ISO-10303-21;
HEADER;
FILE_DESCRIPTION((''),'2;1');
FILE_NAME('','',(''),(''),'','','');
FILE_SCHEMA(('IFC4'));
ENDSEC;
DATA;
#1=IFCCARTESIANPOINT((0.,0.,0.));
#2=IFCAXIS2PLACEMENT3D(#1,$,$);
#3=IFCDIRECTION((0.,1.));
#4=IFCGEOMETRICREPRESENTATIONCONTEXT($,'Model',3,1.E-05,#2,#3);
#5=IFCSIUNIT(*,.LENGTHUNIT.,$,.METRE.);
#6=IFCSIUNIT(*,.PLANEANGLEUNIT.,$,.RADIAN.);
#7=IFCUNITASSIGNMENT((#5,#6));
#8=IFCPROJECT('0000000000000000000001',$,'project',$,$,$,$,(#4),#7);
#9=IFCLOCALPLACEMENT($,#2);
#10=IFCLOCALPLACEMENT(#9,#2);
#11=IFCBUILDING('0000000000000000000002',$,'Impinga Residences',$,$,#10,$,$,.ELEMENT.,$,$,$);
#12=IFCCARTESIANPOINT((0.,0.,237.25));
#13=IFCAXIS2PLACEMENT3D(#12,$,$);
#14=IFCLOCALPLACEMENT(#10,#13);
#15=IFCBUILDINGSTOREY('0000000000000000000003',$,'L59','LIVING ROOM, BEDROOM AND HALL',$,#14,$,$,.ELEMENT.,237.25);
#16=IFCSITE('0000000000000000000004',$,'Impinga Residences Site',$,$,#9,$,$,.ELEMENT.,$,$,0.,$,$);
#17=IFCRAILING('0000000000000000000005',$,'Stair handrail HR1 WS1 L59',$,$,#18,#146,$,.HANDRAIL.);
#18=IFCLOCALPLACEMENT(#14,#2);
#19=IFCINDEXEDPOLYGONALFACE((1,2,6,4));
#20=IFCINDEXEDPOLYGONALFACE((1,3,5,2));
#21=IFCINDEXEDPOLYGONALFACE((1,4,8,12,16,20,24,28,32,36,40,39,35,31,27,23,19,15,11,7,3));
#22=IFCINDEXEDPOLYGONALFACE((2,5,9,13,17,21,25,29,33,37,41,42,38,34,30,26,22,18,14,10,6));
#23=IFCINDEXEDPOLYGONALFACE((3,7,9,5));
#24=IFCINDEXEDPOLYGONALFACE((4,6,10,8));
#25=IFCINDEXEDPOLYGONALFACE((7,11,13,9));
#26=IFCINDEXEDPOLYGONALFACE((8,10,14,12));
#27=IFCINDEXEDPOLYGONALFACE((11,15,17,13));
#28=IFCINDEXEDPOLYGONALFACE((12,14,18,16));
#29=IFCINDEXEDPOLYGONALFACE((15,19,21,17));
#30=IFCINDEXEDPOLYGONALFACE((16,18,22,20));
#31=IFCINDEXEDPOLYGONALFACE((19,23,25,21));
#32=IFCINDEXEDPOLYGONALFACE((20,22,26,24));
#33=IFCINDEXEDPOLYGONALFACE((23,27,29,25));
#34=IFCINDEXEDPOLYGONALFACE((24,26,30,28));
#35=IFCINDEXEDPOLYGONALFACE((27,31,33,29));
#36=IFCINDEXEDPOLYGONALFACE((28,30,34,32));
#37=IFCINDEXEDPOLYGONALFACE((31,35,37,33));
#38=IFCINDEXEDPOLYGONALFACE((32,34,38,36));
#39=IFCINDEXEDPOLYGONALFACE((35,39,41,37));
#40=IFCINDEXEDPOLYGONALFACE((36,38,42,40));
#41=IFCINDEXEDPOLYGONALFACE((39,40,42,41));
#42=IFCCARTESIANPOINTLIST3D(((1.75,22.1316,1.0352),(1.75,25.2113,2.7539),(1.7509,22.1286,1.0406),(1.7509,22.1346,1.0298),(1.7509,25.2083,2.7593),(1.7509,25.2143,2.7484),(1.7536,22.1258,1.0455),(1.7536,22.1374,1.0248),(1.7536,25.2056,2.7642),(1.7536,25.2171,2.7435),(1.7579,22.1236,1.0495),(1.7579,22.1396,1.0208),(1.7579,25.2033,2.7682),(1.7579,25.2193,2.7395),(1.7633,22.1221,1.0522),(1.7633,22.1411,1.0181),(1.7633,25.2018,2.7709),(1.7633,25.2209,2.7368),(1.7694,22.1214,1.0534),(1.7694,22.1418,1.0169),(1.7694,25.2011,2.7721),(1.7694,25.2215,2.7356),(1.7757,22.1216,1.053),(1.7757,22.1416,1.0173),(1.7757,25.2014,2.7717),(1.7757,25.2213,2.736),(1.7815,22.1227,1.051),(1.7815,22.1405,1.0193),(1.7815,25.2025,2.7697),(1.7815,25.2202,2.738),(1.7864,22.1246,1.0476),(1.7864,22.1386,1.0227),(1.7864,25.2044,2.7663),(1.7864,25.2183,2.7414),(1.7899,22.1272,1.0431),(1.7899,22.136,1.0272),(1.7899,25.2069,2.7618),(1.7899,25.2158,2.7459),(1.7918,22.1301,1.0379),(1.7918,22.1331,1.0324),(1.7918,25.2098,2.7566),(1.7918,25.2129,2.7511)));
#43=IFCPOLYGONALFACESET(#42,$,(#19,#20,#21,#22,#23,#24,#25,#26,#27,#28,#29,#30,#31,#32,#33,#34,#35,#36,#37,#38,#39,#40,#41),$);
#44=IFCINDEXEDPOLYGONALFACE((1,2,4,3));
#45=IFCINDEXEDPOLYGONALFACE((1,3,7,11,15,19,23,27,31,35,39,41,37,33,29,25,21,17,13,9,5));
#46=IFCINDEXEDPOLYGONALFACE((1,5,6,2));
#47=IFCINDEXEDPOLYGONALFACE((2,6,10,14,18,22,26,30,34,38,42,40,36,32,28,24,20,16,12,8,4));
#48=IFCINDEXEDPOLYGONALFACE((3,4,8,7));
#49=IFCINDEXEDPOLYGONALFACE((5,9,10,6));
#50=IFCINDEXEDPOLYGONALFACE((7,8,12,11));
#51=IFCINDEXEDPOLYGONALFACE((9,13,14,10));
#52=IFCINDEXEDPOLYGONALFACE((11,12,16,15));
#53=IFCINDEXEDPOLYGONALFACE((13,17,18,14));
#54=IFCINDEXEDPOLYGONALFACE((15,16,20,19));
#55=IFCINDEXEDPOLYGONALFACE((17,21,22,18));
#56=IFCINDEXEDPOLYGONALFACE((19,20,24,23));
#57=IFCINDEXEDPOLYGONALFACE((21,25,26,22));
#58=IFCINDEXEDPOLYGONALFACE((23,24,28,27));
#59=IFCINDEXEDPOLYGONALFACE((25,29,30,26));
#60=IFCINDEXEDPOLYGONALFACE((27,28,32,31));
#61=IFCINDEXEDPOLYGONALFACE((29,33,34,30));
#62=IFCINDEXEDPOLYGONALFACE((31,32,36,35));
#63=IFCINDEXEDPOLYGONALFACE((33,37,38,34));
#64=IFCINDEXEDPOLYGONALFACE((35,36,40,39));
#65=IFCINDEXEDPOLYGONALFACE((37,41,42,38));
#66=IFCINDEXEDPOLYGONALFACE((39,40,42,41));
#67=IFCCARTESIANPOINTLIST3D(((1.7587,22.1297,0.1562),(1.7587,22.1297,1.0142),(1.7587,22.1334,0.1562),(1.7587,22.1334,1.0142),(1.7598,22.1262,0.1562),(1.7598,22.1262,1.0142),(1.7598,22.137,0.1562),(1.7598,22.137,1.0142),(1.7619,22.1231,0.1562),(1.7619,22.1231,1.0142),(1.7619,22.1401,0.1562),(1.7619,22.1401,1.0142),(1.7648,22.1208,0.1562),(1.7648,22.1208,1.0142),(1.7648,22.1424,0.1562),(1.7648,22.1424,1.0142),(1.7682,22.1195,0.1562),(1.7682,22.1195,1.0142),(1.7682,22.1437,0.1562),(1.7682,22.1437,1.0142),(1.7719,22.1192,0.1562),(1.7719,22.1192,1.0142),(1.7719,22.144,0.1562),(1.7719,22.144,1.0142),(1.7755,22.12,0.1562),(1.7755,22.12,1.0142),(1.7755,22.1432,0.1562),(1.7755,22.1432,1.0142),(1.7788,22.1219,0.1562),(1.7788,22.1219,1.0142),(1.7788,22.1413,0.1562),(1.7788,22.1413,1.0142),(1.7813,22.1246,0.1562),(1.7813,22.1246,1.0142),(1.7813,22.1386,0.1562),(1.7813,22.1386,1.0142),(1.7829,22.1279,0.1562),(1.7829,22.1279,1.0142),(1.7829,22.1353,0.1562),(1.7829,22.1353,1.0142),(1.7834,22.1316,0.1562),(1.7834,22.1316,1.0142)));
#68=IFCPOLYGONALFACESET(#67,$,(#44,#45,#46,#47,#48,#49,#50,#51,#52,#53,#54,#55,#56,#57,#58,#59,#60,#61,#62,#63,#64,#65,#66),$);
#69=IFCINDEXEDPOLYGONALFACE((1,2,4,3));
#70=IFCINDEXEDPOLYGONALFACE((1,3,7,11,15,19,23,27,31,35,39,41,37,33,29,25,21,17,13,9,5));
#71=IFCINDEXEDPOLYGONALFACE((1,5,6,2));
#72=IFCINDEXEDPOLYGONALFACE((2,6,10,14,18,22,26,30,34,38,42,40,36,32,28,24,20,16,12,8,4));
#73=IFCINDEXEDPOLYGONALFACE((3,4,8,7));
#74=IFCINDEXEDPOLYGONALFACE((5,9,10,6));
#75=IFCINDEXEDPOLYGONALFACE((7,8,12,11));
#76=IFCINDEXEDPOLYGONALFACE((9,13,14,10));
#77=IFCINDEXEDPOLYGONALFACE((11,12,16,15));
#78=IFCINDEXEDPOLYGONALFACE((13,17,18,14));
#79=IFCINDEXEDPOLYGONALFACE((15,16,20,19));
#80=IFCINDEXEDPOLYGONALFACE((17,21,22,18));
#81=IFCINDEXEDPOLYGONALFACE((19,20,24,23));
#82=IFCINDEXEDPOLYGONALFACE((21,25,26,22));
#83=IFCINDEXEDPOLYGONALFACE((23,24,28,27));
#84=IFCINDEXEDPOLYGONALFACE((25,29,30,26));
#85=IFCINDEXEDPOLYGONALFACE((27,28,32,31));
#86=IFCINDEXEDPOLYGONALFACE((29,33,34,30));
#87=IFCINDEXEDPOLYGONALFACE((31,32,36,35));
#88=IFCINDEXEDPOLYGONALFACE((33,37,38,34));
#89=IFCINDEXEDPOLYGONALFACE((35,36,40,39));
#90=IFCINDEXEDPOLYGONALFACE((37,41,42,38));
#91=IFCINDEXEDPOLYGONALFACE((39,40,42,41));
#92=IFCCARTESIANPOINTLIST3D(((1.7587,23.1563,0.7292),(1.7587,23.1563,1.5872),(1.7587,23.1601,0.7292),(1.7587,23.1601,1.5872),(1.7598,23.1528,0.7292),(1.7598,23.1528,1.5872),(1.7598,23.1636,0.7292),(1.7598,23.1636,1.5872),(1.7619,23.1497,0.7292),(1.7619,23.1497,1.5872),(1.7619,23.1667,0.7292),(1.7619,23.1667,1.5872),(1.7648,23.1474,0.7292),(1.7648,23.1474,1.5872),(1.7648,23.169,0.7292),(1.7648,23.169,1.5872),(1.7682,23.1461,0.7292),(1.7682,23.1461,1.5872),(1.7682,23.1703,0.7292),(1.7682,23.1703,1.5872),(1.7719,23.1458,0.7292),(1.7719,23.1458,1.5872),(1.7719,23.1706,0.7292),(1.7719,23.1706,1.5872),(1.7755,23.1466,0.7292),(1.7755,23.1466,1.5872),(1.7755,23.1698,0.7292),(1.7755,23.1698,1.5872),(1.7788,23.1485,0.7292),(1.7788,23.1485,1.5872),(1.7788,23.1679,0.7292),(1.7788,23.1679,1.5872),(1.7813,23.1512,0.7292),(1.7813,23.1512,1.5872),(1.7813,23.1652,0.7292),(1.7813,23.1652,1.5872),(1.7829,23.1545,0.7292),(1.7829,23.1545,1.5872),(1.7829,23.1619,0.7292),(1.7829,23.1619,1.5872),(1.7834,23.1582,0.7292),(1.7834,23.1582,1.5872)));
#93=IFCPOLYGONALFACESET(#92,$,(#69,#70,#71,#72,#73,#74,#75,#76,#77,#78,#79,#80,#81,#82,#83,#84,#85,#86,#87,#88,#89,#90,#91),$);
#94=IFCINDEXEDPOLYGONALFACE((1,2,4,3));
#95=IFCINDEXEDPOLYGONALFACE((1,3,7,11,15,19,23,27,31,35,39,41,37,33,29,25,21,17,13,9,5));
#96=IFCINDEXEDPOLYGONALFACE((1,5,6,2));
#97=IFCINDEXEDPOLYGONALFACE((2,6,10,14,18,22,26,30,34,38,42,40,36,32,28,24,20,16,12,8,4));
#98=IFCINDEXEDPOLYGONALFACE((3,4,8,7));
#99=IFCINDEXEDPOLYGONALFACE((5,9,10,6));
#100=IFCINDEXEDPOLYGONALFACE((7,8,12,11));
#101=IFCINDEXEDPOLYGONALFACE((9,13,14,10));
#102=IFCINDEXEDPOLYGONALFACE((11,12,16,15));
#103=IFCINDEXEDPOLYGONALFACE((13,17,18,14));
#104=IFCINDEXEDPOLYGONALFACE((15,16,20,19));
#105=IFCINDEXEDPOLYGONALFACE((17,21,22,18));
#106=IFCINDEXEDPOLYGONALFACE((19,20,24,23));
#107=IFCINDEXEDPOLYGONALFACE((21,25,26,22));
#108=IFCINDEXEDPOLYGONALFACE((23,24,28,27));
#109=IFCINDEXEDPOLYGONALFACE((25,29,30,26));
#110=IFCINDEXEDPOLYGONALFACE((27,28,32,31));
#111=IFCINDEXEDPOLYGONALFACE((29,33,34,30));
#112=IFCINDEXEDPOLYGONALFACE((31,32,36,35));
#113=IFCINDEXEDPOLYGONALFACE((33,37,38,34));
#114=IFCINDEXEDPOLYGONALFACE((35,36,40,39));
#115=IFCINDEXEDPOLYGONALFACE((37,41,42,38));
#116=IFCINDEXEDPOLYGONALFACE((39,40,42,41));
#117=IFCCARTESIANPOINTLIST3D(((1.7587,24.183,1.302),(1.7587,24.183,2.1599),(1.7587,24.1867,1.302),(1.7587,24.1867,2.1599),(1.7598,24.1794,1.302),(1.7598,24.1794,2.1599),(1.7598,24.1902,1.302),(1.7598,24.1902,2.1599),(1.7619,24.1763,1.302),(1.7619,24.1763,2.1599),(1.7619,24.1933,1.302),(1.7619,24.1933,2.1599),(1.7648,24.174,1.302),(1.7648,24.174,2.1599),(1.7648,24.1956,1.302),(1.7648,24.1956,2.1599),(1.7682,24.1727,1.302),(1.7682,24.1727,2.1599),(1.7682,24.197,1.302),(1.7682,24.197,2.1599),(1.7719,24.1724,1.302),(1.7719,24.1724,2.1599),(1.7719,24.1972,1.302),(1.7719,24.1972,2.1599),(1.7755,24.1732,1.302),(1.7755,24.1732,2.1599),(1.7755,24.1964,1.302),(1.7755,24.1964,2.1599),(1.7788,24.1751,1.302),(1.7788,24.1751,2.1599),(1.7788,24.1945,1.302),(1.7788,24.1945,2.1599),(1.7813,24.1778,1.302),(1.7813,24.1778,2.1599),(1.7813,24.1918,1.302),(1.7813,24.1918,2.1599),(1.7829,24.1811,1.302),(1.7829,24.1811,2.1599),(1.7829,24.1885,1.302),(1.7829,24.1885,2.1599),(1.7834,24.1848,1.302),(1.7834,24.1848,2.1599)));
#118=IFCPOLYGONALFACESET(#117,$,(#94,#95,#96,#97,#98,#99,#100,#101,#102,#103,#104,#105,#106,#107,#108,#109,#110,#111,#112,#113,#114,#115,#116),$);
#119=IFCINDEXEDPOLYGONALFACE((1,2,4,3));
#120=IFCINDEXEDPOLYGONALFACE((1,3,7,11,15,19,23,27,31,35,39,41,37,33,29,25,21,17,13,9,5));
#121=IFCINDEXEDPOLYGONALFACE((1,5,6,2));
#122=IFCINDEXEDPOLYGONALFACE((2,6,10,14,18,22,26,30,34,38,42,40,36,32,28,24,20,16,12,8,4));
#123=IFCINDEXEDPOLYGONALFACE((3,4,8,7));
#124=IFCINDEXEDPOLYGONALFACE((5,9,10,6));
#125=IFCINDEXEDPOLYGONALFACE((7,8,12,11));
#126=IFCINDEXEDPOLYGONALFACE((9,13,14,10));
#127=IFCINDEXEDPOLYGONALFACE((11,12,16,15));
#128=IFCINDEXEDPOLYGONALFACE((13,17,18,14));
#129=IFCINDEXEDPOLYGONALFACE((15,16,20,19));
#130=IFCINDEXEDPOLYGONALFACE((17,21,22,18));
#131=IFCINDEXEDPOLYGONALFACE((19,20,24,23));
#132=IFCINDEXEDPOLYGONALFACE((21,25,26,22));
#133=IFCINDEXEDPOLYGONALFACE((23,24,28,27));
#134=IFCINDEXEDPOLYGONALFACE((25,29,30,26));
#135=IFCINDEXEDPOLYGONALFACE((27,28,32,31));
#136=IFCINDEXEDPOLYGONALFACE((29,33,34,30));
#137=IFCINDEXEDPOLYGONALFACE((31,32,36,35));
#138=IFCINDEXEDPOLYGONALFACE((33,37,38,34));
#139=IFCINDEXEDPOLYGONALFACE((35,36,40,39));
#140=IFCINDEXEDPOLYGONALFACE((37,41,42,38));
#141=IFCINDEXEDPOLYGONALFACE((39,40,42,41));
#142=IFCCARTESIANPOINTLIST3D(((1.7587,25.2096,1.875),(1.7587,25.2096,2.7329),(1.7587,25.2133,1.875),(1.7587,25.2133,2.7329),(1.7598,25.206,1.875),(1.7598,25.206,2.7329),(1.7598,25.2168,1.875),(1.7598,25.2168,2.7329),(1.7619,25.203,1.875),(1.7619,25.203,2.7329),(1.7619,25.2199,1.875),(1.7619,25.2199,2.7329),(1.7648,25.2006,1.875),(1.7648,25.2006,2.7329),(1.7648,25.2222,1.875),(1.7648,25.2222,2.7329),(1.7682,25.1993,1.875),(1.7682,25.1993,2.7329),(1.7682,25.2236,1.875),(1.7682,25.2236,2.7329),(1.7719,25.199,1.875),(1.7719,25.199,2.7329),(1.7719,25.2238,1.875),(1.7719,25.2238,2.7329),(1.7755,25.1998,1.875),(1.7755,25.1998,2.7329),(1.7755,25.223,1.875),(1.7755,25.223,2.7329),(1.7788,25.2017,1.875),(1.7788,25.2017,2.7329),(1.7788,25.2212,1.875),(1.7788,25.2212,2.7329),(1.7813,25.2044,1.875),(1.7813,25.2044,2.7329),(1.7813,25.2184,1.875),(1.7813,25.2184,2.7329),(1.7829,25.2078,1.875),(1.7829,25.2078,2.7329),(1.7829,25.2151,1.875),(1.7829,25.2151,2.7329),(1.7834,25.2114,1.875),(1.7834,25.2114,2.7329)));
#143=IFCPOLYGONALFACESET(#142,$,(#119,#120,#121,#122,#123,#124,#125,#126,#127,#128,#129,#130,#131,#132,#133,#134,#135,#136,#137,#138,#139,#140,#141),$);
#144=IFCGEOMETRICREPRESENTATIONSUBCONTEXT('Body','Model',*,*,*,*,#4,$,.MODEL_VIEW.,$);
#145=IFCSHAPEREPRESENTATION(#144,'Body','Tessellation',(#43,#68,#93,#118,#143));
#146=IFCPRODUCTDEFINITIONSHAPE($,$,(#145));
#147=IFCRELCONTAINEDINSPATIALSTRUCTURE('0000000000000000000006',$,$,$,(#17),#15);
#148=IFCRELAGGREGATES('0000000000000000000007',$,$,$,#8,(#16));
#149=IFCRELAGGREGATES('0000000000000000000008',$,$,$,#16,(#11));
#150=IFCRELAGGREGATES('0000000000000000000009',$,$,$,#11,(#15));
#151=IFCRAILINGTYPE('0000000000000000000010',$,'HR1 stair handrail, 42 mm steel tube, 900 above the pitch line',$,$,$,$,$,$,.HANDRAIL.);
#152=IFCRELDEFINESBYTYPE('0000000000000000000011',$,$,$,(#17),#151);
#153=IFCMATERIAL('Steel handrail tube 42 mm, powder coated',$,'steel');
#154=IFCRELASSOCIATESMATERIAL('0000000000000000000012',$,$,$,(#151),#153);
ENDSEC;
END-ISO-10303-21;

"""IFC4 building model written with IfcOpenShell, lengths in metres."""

from ifc_helpers import new_model, si_unit, direction, frame, origin, origin_2d, place, context, subcontext, project, spatial, circle, extrude, material, type_object, element, save


model = new_model("IFC4")

# Units and contexts
model_context = context("Model", 3, precision=1e-05, world=origin(), true_north=direction((0.0, 1.0)))
body_context = subcontext(model_context, "Body", "Model", "MODEL_VIEW")
ifc_project = project(units=[si_unit("LENGTHUNIT", "METRE"), si_unit("PLANEANGLEUNIT", "RADIAN")], contexts=[model_context])

# Site, building, storey
site_placement = place(None, origin())
site = spatial("IfcSite", under=ifc_project, at=site_placement, Name="Impinga Residences Site", CompositionType="ELEMENT", RefElevation=0.0)
building_placement = place(site_placement, origin())
building = spatial("IfcBuilding", under=site, at=building_placement, Name="Impinga Residences", CompositionType="ELEMENT")
storey_placement = place(building_placement, frame((0.0, 0.0, 237.25)))
storey = spatial("IfcBuildingStorey", under=building, at=storey_placement, Name="L59", Description="LIVING ROOM, BEDROOM AND HALL", CompositionType="ELEMENT", Elevation=237.25)

# Railing
ifc_material_1 = material(Name="Steel handrail tube 42 mm, powder coated", Category="steel")
railing_type_1 = type_object("IfcRailingType", Name="HR1 stair handrail, 42 mm steel tube, 900 above the pitch line", PredefinedType="HANDRAIL", material=ifc_material_1)
railing_1_placement = place(storey_placement, frame((1.771, 22.1316, 0.1562)))
element("IfcRailing", 1, at=railing_1_placement, inside=storey, type_object=railing_type_1, Name="Stair handrail HR1 WS1 L59", PredefinedType="HANDRAIL", context=body_context, shape_type="SweptSolid", body=[
    extrude(circle(Radius=0.021, at=origin_2d()), frame((0.0, 0.0, 0.8789), z_axis=(0.0, 0.873225, 0.487317), x_axis=(-1.0, 0.0, 0.0)), (0.0, 0.0, 1.0), 3.5269),
    extrude(circle(Radius=0.0125, at=origin_2d()), origin(), (0.0, 0.0, 1.0), 0.8579),
    extrude(circle(Radius=0.0125, at=origin_2d()), frame((0.0, 1.0266, 0.573)), (0.0, 0.0, 1.0), 0.8579),
    extrude(circle(Radius=0.0125, at=origin_2d()), frame((0.0, 2.0532, 1.1458)), (0.0, 0.0, 1.0), 0.8579),
    extrude(circle(Radius=0.0125, at=origin_2d()), frame((0.0, 3.0798, 1.7188)), (0.0, 0.0, 1.0), 0.8579),
])

save(model, "model.ifc")
